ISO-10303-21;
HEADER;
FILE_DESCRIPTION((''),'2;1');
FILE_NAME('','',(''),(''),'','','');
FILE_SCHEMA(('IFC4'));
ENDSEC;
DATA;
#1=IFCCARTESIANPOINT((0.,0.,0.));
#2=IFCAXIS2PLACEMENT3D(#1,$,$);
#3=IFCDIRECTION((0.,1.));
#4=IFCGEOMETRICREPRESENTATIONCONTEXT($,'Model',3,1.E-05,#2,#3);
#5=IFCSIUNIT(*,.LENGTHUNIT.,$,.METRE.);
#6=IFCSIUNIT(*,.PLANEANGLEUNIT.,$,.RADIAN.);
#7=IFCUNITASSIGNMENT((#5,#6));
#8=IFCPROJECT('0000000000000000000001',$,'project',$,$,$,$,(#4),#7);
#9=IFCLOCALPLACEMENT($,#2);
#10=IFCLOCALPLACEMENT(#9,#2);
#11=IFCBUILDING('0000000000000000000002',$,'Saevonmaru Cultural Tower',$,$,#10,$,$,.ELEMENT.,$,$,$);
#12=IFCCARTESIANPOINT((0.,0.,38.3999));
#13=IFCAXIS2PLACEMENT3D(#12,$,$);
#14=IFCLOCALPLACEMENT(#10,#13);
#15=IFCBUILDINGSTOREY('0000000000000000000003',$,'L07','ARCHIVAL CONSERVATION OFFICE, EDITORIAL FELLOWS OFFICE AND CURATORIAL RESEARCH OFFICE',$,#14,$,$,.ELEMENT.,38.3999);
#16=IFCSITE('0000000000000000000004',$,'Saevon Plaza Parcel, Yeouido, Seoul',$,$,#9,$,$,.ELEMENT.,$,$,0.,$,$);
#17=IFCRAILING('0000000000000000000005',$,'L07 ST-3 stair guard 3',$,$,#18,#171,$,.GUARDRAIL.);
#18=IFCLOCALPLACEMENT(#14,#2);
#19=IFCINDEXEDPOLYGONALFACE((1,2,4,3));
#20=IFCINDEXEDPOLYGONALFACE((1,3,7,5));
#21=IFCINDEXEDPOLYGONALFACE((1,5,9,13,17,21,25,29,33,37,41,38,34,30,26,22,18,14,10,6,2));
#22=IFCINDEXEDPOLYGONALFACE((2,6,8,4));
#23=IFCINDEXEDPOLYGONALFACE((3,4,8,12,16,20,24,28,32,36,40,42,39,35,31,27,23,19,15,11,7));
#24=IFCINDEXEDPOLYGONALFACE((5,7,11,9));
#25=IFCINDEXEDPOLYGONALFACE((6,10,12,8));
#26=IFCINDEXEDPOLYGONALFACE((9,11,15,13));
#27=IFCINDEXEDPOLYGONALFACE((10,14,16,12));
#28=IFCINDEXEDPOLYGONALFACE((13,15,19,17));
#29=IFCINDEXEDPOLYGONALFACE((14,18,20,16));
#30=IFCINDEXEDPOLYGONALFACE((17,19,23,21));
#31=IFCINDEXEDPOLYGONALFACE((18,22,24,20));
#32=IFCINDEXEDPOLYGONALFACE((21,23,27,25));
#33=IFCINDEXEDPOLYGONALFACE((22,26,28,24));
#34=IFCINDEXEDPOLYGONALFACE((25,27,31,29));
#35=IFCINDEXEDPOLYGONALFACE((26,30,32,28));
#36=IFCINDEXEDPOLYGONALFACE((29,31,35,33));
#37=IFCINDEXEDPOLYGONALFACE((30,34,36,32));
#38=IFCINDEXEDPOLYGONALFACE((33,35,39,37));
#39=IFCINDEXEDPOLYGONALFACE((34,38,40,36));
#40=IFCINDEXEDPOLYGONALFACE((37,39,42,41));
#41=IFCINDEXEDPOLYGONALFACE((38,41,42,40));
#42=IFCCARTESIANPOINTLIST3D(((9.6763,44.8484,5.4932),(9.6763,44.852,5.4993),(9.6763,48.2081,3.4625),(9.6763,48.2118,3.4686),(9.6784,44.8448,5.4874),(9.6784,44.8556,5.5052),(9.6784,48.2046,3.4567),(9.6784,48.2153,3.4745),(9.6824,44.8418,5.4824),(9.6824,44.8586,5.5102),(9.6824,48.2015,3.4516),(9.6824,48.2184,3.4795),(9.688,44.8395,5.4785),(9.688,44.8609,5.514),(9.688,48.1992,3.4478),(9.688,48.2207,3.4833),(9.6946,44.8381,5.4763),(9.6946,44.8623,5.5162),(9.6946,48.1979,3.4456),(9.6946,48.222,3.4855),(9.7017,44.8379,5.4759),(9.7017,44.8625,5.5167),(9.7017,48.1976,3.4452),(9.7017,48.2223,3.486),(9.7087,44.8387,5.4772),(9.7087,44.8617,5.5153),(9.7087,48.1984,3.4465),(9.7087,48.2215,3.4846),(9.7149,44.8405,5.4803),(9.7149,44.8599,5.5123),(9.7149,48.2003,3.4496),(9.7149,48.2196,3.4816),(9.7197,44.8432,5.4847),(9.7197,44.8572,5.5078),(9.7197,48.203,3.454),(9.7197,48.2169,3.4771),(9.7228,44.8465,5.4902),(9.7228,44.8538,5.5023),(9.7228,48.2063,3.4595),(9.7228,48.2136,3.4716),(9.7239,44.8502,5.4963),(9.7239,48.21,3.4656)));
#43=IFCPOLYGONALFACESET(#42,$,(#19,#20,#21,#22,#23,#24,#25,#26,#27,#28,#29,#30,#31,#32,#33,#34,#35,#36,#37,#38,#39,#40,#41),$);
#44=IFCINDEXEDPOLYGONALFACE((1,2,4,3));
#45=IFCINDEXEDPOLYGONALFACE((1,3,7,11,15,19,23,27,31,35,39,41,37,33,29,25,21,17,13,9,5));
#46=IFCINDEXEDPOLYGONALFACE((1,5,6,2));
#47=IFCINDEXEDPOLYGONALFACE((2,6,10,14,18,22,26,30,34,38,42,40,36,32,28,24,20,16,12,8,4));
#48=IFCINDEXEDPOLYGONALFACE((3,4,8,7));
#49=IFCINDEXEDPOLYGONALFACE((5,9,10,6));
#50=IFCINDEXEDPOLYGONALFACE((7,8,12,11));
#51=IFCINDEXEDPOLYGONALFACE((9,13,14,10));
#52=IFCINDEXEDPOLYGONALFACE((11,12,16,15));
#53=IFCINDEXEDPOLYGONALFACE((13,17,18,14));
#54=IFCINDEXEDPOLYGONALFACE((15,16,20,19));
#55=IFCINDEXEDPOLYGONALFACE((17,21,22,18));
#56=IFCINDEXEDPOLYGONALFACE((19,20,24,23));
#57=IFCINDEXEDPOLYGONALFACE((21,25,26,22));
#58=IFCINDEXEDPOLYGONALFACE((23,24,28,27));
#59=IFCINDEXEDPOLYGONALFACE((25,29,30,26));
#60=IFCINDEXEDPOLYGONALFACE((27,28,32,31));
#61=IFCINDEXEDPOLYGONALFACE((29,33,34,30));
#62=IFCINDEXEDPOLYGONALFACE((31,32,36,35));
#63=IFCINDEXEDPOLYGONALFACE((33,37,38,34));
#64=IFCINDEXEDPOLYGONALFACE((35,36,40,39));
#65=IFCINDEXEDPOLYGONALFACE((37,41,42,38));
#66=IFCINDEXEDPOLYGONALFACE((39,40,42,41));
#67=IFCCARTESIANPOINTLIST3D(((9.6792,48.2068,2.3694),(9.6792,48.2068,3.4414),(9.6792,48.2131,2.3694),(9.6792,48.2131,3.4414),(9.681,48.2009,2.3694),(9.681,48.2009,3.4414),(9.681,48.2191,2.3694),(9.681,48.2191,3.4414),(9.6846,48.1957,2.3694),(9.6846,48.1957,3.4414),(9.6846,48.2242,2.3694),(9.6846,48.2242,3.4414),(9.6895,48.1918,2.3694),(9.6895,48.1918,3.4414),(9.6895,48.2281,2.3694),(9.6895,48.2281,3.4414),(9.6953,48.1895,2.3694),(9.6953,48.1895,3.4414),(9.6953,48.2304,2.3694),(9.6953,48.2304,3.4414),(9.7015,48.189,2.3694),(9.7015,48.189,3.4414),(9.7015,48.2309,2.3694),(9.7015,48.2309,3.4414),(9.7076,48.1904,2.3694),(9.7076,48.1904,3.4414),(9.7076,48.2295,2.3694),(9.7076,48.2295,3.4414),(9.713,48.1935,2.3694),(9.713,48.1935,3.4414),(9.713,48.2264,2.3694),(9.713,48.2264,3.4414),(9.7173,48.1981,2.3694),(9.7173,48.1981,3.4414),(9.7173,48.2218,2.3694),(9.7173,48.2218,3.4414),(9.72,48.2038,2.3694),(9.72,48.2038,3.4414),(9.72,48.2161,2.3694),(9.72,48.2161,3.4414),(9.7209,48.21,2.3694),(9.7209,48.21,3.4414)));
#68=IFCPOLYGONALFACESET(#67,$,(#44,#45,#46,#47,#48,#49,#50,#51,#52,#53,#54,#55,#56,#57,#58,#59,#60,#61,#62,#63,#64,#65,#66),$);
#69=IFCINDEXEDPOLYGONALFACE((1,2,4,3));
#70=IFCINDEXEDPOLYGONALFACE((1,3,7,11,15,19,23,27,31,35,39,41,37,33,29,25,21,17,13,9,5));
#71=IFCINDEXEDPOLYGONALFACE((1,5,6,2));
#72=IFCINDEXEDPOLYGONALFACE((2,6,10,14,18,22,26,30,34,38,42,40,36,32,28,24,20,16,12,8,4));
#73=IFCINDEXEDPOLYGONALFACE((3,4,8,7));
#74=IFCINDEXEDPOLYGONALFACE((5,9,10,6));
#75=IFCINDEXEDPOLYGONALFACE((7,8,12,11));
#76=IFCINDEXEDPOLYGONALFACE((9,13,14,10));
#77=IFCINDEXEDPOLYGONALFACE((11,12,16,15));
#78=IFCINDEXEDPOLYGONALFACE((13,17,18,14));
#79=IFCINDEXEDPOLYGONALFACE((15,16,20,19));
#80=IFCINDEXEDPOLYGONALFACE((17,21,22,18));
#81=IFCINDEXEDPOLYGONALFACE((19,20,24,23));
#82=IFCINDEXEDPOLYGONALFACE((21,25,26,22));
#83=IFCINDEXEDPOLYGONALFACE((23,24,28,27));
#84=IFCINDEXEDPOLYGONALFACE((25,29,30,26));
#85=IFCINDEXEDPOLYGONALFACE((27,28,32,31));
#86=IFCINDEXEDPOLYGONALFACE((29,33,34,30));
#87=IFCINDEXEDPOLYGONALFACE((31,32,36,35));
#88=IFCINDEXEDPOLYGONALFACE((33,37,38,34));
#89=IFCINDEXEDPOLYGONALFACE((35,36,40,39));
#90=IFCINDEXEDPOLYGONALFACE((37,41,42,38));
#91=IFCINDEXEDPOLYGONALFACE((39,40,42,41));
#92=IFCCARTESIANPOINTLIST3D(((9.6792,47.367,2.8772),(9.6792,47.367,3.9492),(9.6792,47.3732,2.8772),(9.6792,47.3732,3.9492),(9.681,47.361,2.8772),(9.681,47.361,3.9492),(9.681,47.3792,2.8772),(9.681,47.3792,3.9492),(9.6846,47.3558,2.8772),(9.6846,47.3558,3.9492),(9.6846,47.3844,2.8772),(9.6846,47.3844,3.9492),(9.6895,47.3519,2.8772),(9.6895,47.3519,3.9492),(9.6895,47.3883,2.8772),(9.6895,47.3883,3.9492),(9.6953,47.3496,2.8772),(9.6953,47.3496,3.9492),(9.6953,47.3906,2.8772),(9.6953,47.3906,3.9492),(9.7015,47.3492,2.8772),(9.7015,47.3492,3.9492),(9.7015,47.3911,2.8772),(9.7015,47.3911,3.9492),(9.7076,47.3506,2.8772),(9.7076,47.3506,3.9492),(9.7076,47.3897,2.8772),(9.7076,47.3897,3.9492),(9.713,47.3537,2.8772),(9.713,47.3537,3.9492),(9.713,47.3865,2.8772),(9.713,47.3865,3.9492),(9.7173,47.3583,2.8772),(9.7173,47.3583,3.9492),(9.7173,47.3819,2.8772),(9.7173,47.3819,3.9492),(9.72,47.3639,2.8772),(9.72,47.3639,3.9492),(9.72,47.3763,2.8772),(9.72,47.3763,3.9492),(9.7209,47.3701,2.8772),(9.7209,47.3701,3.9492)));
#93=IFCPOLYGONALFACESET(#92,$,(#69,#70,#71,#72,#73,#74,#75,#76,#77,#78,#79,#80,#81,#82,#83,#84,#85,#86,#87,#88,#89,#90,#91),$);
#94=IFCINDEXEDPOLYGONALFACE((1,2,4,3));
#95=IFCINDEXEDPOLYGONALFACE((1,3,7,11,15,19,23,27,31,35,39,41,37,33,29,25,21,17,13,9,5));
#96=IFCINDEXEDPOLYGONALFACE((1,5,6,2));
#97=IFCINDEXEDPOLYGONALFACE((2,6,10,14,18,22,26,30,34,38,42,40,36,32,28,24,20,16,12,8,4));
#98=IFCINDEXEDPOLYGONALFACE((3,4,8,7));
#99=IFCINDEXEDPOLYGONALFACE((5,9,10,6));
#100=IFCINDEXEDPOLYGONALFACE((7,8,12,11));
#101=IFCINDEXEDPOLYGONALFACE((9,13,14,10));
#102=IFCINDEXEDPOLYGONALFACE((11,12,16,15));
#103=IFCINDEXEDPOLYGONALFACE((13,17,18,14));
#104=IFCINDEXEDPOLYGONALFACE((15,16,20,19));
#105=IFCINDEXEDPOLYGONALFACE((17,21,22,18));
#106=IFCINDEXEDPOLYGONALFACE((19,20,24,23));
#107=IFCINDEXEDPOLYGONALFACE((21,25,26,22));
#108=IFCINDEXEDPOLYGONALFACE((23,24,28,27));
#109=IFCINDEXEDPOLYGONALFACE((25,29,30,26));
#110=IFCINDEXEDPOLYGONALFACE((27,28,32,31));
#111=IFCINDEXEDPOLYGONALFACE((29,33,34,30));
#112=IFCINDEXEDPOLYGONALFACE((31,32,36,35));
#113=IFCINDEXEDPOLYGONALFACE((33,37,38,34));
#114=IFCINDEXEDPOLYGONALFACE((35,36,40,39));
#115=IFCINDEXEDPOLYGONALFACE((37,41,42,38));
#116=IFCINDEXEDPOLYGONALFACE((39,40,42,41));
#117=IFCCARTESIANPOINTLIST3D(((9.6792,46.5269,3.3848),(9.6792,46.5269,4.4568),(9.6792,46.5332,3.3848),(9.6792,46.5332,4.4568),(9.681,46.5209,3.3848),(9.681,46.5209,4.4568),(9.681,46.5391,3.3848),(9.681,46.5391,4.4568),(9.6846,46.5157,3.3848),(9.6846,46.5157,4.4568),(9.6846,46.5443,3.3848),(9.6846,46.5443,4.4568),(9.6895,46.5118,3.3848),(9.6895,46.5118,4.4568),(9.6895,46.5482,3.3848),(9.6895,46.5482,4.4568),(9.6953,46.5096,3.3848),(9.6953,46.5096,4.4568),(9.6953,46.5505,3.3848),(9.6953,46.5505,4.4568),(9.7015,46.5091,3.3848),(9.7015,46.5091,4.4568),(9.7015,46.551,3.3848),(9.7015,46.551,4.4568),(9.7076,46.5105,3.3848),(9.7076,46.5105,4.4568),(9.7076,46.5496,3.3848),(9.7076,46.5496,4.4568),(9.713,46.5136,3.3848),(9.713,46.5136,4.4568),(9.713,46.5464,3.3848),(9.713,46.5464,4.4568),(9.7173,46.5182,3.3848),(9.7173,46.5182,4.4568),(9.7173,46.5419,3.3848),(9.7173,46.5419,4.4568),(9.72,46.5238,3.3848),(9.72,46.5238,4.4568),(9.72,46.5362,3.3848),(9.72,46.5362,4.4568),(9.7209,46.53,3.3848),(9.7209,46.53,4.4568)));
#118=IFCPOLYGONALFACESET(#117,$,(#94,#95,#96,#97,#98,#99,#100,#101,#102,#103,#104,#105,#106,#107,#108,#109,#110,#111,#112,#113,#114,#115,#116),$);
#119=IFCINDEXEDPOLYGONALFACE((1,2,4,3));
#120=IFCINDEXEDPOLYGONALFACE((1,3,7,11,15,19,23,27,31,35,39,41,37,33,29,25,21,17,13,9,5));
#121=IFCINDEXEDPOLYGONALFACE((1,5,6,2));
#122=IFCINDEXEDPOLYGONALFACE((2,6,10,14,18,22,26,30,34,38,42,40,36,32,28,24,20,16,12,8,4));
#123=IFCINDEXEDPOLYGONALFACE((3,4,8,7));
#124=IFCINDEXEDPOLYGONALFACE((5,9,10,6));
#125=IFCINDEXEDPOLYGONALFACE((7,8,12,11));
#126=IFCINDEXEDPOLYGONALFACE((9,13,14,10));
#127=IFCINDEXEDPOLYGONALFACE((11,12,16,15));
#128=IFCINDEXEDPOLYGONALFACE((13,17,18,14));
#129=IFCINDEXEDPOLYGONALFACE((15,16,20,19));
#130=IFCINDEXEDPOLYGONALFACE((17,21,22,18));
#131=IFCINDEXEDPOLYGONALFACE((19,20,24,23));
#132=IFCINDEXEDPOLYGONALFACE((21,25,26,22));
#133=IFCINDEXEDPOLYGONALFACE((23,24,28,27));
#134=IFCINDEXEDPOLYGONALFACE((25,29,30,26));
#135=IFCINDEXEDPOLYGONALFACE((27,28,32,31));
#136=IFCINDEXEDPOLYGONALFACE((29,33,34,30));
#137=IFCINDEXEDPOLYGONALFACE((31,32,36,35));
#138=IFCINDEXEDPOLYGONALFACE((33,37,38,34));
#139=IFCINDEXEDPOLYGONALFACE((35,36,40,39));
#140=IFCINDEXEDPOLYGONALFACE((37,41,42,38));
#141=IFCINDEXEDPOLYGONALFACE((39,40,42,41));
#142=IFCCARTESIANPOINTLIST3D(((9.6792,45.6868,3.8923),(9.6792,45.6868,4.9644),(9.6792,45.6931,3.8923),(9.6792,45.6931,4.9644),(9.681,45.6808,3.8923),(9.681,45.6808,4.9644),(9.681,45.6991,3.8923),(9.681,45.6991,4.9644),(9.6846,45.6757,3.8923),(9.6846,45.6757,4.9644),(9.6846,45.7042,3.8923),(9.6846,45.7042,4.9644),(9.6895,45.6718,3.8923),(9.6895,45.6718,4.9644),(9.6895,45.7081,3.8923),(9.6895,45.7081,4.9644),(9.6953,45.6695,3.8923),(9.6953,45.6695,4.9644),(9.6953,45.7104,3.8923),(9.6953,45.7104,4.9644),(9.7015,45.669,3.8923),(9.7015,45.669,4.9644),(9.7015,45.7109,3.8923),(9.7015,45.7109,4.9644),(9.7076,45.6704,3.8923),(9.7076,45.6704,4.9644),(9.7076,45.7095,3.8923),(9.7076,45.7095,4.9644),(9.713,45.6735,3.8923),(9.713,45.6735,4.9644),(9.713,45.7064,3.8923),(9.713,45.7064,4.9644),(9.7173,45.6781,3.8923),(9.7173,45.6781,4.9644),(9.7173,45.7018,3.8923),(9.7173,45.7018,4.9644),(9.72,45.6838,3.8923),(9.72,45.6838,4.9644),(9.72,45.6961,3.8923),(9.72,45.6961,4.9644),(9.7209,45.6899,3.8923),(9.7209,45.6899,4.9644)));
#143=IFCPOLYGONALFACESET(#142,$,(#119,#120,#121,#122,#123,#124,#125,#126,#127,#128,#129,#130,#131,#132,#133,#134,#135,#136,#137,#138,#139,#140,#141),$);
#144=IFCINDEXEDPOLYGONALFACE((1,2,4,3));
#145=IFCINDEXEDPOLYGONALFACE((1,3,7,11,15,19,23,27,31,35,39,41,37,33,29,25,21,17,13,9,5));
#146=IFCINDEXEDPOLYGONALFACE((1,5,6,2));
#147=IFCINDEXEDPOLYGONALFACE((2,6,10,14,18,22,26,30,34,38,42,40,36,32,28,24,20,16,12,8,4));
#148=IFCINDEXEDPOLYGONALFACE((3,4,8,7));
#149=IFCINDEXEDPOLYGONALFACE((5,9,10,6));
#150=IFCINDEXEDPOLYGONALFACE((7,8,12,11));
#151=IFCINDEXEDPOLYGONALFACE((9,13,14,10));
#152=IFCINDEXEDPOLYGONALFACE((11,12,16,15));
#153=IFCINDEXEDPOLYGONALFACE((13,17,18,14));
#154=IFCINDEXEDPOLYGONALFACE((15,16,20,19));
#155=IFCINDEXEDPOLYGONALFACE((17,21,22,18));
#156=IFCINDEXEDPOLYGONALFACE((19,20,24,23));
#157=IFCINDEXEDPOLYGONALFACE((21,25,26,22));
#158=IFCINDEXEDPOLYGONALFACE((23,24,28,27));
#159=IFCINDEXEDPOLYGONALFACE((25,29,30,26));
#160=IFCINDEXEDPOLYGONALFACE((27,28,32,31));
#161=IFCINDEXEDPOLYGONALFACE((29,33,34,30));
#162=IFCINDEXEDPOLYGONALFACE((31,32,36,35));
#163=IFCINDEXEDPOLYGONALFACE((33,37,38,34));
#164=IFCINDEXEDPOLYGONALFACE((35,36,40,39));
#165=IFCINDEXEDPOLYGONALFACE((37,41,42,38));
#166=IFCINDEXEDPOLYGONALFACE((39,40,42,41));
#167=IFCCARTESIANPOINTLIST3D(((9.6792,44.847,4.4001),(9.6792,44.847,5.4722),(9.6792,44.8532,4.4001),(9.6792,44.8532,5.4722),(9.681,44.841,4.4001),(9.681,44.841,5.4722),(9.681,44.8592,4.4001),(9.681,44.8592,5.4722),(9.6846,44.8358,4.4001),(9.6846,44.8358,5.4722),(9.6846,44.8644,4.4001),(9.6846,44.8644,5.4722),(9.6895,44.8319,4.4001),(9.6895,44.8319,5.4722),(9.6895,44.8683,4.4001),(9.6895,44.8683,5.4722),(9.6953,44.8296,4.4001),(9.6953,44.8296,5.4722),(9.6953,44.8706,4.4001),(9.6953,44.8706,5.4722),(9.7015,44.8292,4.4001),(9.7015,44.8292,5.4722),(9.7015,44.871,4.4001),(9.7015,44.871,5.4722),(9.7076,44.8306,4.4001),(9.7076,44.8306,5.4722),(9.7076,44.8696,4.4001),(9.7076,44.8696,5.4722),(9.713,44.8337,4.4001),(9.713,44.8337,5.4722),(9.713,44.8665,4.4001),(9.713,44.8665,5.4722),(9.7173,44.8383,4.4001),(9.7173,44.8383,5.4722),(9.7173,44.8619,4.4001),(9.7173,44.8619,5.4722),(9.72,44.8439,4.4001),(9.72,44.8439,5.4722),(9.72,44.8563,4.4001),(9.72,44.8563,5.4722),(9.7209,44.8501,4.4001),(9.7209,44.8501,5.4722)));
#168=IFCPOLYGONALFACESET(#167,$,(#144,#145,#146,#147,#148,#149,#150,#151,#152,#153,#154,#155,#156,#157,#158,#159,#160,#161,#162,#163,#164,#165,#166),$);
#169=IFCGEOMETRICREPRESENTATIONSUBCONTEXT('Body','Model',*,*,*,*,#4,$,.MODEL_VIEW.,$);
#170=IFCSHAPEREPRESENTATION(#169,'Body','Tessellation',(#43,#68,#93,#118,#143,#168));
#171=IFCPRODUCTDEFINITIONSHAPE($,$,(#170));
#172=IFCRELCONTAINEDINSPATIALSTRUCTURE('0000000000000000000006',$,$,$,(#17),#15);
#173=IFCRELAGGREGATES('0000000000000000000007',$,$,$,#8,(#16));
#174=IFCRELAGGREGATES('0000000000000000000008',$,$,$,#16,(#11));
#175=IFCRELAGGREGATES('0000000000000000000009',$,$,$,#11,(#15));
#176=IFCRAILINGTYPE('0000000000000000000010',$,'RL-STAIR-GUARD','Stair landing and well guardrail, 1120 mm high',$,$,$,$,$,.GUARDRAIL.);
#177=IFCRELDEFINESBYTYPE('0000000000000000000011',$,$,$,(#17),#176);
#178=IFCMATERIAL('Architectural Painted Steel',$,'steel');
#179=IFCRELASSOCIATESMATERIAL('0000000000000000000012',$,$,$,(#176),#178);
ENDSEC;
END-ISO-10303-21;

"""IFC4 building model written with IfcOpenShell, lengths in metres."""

from ifc_helpers import new_model, si_unit, direction, frame, origin, origin_2d, place, context, subcontext, project, spatial, circle, extrude, material, type_object, element, save


model = new_model("IFC4")

# Units and contexts
model_context = context("Model", 3, precision=1e-05, world=origin(), true_north=direction((0.0, 1.0)))
body_context = subcontext(model_context, "Body", "Model", "MODEL_VIEW")
ifc_project = project(units=[si_unit("LENGTHUNIT", "METRE"), si_unit("PLANEANGLEUNIT", "RADIAN")], contexts=[model_context])

# Site, building, storey
site_placement = place(None, origin())
site = spatial("IfcSite", under=ifc_project, at=site_placement, Name="Saevon Plaza Parcel, Yeouido, Seoul", CompositionType="ELEMENT", RefElevation=0.0)
building_placement = place(site_placement, origin())
building = spatial("IfcBuilding", under=site, at=building_placement, Name="Saevonmaru Cultural Tower", CompositionType="ELEMENT")
storey_placement = place(building_placement, frame((0.0, 0.0, 38.3999)))
storey = spatial("IfcBuildingStorey", under=building, at=storey_placement, Name="L07", Description="ARCHIVAL CONSERVATION OFFICE, EDITORIAL FELLOWS OFFICE AND CURATORIAL RESEARCH OFFICE", CompositionType="ELEMENT", Elevation=38.3999)

# Railing
ifc_material_1 = material(Name="Architectural Painted Steel", Category="steel")
railing_type_1 = type_object("IfcRailingType", Name="RL-STAIR-GUARD", Description="Stair landing and well guardrail, 1120 mm high", PredefinedType="GUARDRAIL", material=ifc_material_1)
railing_1_placement = place(storey_placement, frame((9.7, 48.21, 2.3694)))
element("IfcRailing", 1, at=railing_1_placement, inside=storey, type_object=railing_type_1, Name="L07 ST-3 stair guard 3", PredefinedType="GUARDRAIL", context=body_context, shape_type="SweptSolid", body=[
    extrude(circle(Radius=0.0239, at=origin_2d()), frame((0.0, 0.0, 1.0962), z_axis=(0.0, -0.85582, 0.517273), x_axis=(1.0, 0.0, 0.0)), (0.0, 0.0, 1.0), 3.9258),
    extrude(circle(Radius=0.021, at=origin_2d()), origin(), (0.0, 0.0, 1.0), 1.072),
    extrude(circle(Radius=0.021, at=origin_2d()), frame((0.0, -0.8398, 0.5078)), (0.0, 0.0, 1.0), 1.072),
    extrude(circle(Radius=0.021, at=origin_2d()), frame((0.0, -1.6799, 1.0154)), (0.0, 0.0, 1.0), 1.072),
    extrude(circle(Radius=0.021, at=origin_2d()), frame((0.0, -2.52, 1.5229)), (0.0, 0.0, 1.0), 1.072),
    extrude(circle(Radius=0.021, at=origin_2d()), frame((0.0, -3.3599, 2.0308)), (0.0, 0.0, 1.0), 1.072),
])

save(model, "model.ifc")
